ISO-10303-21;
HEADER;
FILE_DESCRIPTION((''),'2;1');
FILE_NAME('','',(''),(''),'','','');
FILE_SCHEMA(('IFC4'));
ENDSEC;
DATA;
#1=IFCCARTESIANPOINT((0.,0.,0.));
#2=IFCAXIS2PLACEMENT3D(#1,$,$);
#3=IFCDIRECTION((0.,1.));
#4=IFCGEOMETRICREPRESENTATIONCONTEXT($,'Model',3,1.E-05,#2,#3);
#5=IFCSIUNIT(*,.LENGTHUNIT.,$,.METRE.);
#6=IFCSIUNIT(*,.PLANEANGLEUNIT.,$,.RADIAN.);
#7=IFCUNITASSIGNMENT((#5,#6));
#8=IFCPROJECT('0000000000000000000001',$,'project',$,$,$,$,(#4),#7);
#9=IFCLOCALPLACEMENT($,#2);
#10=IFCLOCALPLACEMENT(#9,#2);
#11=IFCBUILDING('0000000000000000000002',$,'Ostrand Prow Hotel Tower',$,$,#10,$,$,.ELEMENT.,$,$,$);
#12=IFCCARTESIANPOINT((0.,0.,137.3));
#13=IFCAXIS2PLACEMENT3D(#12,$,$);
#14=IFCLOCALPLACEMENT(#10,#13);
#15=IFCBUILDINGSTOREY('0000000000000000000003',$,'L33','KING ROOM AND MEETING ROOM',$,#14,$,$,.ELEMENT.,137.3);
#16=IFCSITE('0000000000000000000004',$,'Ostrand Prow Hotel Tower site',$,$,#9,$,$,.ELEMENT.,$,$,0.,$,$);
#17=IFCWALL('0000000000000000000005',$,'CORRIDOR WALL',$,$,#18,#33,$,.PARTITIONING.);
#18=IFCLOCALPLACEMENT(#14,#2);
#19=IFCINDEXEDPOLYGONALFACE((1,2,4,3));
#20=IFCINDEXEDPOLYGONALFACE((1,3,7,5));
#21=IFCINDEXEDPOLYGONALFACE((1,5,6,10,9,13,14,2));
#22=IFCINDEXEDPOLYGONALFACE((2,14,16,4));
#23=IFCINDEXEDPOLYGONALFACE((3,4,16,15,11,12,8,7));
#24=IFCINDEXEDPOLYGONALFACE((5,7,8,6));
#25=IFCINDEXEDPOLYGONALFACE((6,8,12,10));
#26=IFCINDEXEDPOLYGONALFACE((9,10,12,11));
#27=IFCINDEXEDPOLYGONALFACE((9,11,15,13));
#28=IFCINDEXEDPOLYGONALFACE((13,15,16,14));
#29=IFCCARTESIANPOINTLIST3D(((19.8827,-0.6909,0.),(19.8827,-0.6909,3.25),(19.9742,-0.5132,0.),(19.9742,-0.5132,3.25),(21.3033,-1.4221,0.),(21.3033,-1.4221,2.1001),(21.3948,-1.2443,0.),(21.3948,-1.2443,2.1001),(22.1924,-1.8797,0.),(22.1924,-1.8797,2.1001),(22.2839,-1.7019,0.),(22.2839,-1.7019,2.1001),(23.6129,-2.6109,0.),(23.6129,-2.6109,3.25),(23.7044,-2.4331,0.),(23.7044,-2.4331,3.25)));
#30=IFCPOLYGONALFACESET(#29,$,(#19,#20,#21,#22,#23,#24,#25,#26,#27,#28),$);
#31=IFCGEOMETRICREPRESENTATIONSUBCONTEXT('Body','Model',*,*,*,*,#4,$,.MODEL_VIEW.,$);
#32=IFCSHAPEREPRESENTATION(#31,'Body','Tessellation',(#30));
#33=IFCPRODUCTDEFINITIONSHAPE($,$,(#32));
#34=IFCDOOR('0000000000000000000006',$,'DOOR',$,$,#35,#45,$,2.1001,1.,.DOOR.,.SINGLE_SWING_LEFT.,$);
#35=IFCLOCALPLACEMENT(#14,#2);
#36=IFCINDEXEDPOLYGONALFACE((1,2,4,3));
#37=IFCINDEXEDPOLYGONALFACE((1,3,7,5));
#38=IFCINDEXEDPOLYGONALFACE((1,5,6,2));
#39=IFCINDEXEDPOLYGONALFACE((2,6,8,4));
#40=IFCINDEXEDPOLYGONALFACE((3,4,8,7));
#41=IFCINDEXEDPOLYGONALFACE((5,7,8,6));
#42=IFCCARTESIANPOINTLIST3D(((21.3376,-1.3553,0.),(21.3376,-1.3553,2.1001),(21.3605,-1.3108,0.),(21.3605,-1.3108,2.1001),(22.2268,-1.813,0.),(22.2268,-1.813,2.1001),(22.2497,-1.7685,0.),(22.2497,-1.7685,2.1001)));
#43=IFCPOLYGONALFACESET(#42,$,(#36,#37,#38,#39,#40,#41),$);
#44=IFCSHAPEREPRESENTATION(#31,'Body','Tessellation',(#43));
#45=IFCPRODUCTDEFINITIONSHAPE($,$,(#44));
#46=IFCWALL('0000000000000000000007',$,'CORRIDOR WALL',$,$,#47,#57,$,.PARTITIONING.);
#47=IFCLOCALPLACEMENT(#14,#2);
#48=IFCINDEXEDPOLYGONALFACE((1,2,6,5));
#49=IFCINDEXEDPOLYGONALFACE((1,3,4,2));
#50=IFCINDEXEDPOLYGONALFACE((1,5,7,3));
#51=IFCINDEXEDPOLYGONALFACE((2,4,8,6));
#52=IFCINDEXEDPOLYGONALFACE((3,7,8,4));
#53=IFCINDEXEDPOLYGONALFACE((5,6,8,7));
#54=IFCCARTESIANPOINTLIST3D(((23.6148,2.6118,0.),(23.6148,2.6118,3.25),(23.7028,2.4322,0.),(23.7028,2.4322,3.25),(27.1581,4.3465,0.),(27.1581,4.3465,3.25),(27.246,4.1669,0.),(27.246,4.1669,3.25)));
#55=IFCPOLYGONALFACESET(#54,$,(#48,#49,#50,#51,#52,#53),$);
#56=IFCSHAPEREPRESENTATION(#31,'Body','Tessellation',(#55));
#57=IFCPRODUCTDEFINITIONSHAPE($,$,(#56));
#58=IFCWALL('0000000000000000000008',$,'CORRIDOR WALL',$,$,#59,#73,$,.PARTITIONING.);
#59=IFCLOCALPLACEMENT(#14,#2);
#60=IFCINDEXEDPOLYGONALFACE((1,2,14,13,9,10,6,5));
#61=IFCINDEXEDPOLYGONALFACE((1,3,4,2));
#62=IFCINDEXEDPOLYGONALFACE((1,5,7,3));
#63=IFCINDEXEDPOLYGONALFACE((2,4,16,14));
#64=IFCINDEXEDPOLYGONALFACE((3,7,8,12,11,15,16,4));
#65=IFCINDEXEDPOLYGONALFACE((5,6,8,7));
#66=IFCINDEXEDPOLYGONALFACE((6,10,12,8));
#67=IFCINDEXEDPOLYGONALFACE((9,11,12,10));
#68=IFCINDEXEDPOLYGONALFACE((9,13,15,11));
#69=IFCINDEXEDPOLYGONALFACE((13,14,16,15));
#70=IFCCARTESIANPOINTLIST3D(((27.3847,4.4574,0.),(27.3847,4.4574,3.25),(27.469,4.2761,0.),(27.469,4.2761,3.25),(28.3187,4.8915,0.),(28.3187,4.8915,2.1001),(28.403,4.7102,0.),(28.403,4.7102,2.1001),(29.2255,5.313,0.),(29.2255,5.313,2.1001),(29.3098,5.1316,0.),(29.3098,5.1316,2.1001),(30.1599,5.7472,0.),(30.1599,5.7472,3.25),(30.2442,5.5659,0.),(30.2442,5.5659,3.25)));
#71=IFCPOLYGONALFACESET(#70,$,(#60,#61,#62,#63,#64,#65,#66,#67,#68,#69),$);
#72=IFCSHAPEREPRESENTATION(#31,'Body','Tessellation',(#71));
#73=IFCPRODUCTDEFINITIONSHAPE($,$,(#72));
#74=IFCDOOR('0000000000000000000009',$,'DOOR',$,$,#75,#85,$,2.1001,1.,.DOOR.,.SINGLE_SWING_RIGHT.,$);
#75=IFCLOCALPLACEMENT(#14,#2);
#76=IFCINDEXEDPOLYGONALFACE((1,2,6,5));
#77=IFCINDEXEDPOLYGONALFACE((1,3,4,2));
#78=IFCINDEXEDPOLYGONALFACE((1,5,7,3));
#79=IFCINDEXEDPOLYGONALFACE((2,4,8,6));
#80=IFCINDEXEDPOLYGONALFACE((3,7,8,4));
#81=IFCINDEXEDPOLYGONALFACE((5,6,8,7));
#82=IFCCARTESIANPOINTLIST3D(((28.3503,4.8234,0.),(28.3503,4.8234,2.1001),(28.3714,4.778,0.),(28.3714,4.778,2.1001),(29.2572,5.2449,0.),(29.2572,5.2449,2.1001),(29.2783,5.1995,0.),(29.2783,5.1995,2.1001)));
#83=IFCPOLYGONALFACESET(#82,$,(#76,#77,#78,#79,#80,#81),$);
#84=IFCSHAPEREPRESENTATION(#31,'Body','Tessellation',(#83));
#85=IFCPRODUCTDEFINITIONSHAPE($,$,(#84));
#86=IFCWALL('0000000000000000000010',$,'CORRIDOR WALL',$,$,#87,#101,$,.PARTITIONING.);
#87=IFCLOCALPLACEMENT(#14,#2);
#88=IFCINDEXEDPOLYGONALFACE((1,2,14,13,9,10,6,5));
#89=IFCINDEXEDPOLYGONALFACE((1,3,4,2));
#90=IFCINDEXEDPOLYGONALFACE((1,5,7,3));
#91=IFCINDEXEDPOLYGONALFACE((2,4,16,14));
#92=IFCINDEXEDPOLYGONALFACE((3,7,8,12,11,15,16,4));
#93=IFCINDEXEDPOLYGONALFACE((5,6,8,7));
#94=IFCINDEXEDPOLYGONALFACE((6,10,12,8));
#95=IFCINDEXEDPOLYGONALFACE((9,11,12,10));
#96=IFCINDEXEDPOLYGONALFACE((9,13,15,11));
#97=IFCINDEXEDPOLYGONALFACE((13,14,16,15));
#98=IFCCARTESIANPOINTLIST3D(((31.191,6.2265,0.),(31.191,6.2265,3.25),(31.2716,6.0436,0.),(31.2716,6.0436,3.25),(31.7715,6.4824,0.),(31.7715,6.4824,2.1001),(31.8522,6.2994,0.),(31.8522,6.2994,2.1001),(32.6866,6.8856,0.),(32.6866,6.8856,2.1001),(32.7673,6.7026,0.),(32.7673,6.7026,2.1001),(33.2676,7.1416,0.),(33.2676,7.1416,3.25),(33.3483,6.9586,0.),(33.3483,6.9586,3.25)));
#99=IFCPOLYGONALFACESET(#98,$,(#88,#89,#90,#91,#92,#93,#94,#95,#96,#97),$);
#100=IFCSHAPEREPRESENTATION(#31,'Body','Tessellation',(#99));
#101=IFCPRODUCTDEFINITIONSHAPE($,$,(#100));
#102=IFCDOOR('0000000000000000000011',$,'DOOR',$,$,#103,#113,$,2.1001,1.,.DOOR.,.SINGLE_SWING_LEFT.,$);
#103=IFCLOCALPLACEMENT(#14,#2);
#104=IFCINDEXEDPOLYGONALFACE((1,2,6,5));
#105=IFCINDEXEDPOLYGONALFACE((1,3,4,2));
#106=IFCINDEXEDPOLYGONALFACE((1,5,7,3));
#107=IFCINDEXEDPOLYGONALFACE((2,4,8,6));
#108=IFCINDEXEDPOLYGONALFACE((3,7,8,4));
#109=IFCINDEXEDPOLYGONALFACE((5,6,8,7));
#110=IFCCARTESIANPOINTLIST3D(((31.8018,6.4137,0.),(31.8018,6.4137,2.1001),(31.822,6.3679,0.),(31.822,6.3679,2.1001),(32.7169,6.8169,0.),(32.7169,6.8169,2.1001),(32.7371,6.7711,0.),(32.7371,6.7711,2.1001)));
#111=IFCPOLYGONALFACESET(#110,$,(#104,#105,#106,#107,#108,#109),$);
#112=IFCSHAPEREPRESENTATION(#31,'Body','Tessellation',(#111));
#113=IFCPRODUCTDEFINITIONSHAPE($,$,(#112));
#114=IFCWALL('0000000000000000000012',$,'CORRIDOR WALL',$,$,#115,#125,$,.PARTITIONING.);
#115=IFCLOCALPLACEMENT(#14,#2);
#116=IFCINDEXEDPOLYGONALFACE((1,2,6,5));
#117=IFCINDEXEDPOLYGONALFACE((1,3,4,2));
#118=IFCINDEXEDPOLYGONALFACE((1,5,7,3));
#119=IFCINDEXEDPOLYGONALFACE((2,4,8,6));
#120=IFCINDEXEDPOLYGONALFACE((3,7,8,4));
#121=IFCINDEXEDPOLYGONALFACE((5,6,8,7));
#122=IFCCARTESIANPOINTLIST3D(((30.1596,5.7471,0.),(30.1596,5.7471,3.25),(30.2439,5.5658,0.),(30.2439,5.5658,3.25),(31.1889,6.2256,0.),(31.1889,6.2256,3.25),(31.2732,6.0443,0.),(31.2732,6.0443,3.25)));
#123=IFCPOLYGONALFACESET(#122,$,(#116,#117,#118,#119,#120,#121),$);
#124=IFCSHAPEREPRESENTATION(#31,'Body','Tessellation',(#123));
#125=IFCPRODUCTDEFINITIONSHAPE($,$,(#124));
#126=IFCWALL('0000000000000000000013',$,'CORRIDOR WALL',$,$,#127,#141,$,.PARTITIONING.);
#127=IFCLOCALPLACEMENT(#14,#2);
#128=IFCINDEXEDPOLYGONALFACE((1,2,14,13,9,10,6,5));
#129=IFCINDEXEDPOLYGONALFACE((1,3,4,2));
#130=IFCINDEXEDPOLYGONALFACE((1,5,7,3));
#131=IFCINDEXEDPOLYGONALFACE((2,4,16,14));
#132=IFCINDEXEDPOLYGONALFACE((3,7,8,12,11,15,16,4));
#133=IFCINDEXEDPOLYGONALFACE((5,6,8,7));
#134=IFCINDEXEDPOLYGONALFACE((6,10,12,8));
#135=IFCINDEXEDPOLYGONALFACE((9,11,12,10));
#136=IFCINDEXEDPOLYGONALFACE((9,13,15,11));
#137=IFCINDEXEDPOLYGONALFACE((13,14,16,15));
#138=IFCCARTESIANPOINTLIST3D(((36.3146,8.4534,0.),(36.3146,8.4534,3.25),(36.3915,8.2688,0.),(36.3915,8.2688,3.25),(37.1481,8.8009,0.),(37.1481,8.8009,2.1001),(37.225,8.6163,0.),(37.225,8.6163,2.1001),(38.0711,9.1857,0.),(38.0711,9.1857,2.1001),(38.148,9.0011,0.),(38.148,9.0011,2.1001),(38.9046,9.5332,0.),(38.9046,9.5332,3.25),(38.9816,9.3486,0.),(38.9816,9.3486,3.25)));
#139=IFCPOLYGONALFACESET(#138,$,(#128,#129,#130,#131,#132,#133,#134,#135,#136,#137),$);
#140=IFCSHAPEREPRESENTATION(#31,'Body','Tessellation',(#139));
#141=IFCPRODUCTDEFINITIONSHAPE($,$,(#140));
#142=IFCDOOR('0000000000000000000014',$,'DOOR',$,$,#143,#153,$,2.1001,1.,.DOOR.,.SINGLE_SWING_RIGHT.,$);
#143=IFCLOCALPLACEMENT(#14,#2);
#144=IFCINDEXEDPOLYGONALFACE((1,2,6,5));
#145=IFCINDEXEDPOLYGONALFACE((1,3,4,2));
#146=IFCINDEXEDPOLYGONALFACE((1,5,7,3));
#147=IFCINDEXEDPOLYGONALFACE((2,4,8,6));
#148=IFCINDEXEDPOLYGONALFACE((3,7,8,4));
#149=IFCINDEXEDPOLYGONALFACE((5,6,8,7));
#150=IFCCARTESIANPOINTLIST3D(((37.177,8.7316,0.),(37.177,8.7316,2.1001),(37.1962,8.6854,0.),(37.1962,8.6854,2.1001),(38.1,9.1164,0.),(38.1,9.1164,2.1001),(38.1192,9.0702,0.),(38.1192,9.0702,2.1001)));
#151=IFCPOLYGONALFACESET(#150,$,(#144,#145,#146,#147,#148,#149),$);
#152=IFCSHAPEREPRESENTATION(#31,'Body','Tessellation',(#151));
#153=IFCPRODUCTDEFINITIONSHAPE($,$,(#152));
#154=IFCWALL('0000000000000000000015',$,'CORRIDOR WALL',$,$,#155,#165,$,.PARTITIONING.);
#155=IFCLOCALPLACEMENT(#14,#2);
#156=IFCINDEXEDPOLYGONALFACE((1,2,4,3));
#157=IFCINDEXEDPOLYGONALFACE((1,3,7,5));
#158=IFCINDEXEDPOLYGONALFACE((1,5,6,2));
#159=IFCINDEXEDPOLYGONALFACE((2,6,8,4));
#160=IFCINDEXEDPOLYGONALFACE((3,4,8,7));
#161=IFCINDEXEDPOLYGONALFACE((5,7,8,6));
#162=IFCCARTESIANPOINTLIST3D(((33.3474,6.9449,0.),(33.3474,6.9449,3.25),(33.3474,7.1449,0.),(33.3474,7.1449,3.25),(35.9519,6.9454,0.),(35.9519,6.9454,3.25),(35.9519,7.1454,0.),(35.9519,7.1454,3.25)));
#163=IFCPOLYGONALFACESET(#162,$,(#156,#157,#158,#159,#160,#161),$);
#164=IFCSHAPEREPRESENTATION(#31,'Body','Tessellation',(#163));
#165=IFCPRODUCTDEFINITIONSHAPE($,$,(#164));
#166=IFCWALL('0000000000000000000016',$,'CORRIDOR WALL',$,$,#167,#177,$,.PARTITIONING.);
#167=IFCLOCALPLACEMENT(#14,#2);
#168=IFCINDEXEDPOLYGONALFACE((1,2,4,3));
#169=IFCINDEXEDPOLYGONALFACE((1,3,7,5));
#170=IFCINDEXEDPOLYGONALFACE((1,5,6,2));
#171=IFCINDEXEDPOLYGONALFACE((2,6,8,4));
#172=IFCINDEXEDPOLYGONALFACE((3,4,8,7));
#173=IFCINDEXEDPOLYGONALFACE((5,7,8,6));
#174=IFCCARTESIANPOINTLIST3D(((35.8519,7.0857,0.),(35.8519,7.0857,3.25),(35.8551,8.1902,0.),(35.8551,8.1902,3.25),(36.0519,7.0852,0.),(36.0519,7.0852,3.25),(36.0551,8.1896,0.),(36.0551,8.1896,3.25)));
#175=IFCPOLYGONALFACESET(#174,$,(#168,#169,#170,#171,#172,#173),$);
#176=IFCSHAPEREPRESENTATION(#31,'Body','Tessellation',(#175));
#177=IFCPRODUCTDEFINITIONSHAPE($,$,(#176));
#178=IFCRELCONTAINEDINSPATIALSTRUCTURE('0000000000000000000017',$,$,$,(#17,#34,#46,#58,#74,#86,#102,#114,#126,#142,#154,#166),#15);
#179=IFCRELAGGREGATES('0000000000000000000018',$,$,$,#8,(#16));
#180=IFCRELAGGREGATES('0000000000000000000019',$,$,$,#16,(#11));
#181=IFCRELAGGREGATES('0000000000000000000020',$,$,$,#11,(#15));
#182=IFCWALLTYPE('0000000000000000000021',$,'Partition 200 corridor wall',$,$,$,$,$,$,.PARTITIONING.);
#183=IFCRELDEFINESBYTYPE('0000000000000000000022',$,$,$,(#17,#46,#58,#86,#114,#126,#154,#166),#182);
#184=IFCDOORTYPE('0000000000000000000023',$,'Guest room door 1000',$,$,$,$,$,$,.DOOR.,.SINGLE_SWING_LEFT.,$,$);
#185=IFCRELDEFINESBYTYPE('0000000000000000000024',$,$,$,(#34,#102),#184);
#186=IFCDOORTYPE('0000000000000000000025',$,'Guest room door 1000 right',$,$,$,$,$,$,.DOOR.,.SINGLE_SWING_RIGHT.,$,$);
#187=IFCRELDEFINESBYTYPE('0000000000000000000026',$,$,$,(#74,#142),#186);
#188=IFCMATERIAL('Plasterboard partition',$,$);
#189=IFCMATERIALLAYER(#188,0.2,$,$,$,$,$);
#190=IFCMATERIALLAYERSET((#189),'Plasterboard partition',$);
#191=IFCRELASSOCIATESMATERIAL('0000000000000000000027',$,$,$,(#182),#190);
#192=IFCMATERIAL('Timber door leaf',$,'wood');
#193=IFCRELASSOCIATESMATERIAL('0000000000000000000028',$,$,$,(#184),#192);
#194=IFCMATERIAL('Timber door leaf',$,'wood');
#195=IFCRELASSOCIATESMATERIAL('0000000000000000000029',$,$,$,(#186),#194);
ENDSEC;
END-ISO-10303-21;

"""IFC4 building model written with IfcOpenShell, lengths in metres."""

from ifc_helpers import new_model, si_unit, direction, frame, frame_2d, origin, place, context, subcontext, project, spatial, rectangle, extrude, material, layer, layer_set, type_object, element, fill, save


model = new_model("IFC4")

# Units and contexts
model_context = context("Model", 3, precision=1e-05, world=origin(), true_north=direction((0.0, 1.0)))
body_context = subcontext(model_context, "Body", "Model", "MODEL_VIEW")
ifc_project = project(units=[si_unit("LENGTHUNIT", "METRE"), si_unit("PLANEANGLEUNIT", "RADIAN")], contexts=[model_context])

# Site, building, storey
site_placement = place(None, origin())
site = spatial("IfcSite", under=ifc_project, at=site_placement, Name="Ostrand Prow Hotel Tower site", CompositionType="ELEMENT", RefElevation=0.0)
building_placement = place(site_placement, origin())
building = spatial("IfcBuilding", under=site, at=building_placement, Name="Ostrand Prow Hotel Tower", CompositionType="ELEMENT")
storey_placement = place(building_placement, frame((0.0, 0.0, 137.3)))
storey = spatial("IfcBuildingStorey", under=building, at=storey_placement, Name="L33", Description="KING ROOM AND MEETING ROOM", CompositionType="ELEMENT", Elevation=137.3)

# Wall, opening, door
ifc_material_1 = material(Name="Plasterboard partition")
ifc_layer_1 = layer(ifc_material_1, 0.2)
ifc_layer_set_1 = layer_set([ifc_layer_1], Name="Plasterboard partition")
wall_type_1 = type_object("IfcWallType", Name="Partition 200 corridor wall", PredefinedType="PARTITIONING", material=ifc_layer_set_1)
ifc_material_2 = material(Name="Timber door leaf", Category="wood")
door_type_1 = type_object("IfcDoorType", Name="Guest room door 1000", OperationType="SINGLE_SWING_LEFT", PredefinedType="DOOR", material=ifc_material_2)
wall_1_placement = place(storey_placement, frame((23.6587, -2.522, 0.0), z_axis=(0.0, 0.0, 1.0), x_axis=(-0.88914, 0.457635, 0.0)))
wall_1 = element("IfcWall", 1, at=wall_1_placement, inside=storey, type_object=wall_type_1, Name="CORRIDOR WALL", PredefinedType="PARTITIONING", context=body_context, shape_type="SweptSolid", body=[
    extrude(rectangle(XDim=4.1953, YDim=0.2, at=frame_2d((2.0977, 0.0))), origin(), (0.0, 0.0, 1.0), 3.25),
])
opening_1_placement = place(wall_1_placement, frame((1.5977, 0.0, 0.0)))
opening_1 = element("IfcOpeningElement", 2, at=opening_1_placement, cuts=wall_1, PredefinedType="OPENING", context=body_context, shape_type="SweptSolid", body=[
    extrude(rectangle(XDim=1.0, YDim=2.1001, at=frame_2d((0.5, 1.05))), frame((0.0, 0.1099, 0.0), z_axis=(0.0, -1.0, 0.0), x_axis=(1.0, 0.0, 0.0)), (0.0, 0.0, 1.0), 0.22),
])
door_1_placement = place(opening_1_placement, origin())
door_1 = element("IfcDoor", 3, at=door_1_placement, inside=storey, type_object=door_type_1, Name="DOOR", OperationType="SINGLE_SWING_LEFT", OverallHeight=2.1001, OverallWidth=1.0, PredefinedType="DOOR", context=body_context, shape_type="SweptSolid", body=[
    extrude(rectangle(XDim=1.0, YDim=2.1001, at=frame_2d((0.5, 1.05))), frame((0.0, 0.0249, 0.0), z_axis=(0.0, -1.0, 0.0), x_axis=(1.0, 0.0, 0.0)), (0.0, 0.0, 1.0), 0.05),
])
fill(opening_1, door_1)

# Wall
wall_2_placement = place(storey_placement, frame((23.6587, 2.522, 0.0), z_axis=(0.0, 0.0, 1.0), x_axis=(0.898146, 0.439697, 0.0)))
element("IfcWall", 4, at=wall_2_placement, inside=storey, type_object=wall_type_1, Name="CORRIDOR WALL", PredefinedType="PARTITIONING", context=body_context, shape_type="SweptSolid", body=[
    extrude(rectangle(XDim=3.9451, YDim=0.2, at=frame_2d((1.9727, 0.0))), origin(), (0.0, 0.0, 1.0), 3.25),
])

# Walls, openings, doors
wall_3_placement = place(storey_placement, frame((27.4268, 4.3667, 0.0), z_axis=(0.0, 0.0, 1.0), x_axis=(0.906842, 0.42147, 0.0)))
wall_3 = element("IfcWall", 5, at=wall_3_placement, inside=storey, type_object=wall_type_1, Name="CORRIDOR WALL", PredefinedType="PARTITIONING", context=body_context, shape_type="SweptSolid", body=[
    extrude(rectangle(XDim=3.0603, YDim=0.2, at=frame_2d((1.5303, 0.0))), origin(), (0.0, 0.0, 1.0), 3.25),
])
opening_2_placement = place(wall_3_placement, frame((1.03, 0.0, 0.0)))
opening_2 = element("IfcOpeningElement", 6, at=opening_2_placement, cuts=wall_3, PredefinedType="OPENING", context=body_context, shape_type="SweptSolid", body=[
    extrude(rectangle(XDim=1.0, YDim=2.1001, at=frame_2d((0.5, 1.05))), frame((0.0, 0.1099, 0.0), z_axis=(0.0, -1.0, 0.0), x_axis=(1.0, 0.0, 0.0)), (0.0, 0.0, 1.0), 0.22),
])
ifc_material_3 = material(Name="Timber door leaf", Category="wood")
door_type_2 = type_object("IfcDoorType", Name="Guest room door 1000 right", OperationType="SINGLE_SWING_RIGHT", PredefinedType="DOOR", material=ifc_material_3)
door_2_placement = place(opening_2_placement, origin())
door_2 = element("IfcDoor", 7, at=door_2_placement, inside=storey, type_object=door_type_2, Name="DOOR", OperationType="SINGLE_SWING_RIGHT", OverallHeight=2.1001, OverallWidth=1.0, PredefinedType="DOOR", context=body_context, shape_type="SweptSolid", body=[
    extrude(rectangle(XDim=1.0, YDim=2.1001, at=frame_2d((0.5, 1.05))), frame((0.0, 0.0249, 0.0), z_axis=(0.0, -1.0, 0.0), x_axis=(1.0, 0.0, 0.0)), (0.0, 0.0, 1.0), 0.05),
])
fill(opening_2, door_2)
wall_4_placement = place(storey_placement, frame((31.2312, 6.135, 0.0), z_axis=(0.0, 0.0, 1.0), x_axis=(0.915102, 0.403222, 0.0)))
wall_4 = element("IfcWall", 8, at=wall_4_placement, inside=storey, type_object=wall_type_1, Name="CORRIDOR WALL", PredefinedType="PARTITIONING", context=body_context, shape_type="SweptSolid", body=[
    extrude(rectangle(XDim=2.2693, YDim=0.2, at=frame_2d((1.1348, 0.0))), origin(), (0.0, 0.0, 1.0), 3.25),
])
opening_3_placement = place(wall_4_placement, frame((0.6345, 0.0, 0.0)))
opening_3 = element("IfcOpeningElement", 9, at=opening_3_placement, cuts=wall_4, PredefinedType="OPENING", context=body_context, shape_type="SweptSolid", body=[
    extrude(rectangle(XDim=1.0, YDim=2.1001, at=frame_2d((0.5, 1.05))), frame((0.0, 0.1099, 0.0), z_axis=(0.0, -1.0, 0.0), x_axis=(1.0, 0.0, 0.0)), (0.0, 0.0, 1.0), 0.22),
])
door_3_placement = place(opening_3_placement, origin())
door_3 = element("IfcDoor", 10, at=door_3_placement, inside=storey, type_object=door_type_1, Name="DOOR", OperationType="SINGLE_SWING_LEFT", OverallHeight=2.1001, OverallWidth=1.0, PredefinedType="DOOR", context=body_context, shape_type="SweptSolid", body=[
    extrude(rectangle(XDim=1.0, YDim=2.1001, at=frame_2d((0.5, 1.05))), frame((0.0, 0.0249, 0.0), z_axis=(0.0, -1.0, 0.0), x_axis=(1.0, 0.0, 0.0)), (0.0, 0.0, 1.0), 0.05),
])
fill(opening_3, door_3)

# Wall
wall_5_placement = place(storey_placement, frame((30.2019, 5.6565, 0.0), z_axis=(0.0, 0.0, 1.0), x_axis=(0.906798, 0.421566, 0.0)))
element("IfcWall", 11, at=wall_5_placement, inside=storey, type_object=wall_type_1, Name="CORRIDOR WALL", PredefinedType="PARTITIONING", context=body_context, shape_type="SweptSolid", body=[
    extrude(rectangle(XDim=1.135, YDim=0.2, at=frame_2d((0.5674, 0.0))), origin(), (0.0, 0.0, 1.0), 3.25),
])

# Wall, opening, door
wall_6_placement = place(storey_placement, frame((36.353, 8.3611, 0.0), z_axis=(0.0, 0.0, 1.0), x_axis=(0.922997, 0.384807, 0.0)))
wall_6 = element("IfcWall", 12, at=wall_6_placement, inside=storey, type_object=wall_type_1, Name="CORRIDOR WALL", PredefinedType="PARTITIONING", context=body_context, shape_type="SweptSolid", body=[
    extrude(rectangle(XDim=2.8062, YDim=0.2, at=frame_2d((1.4031, 0.0))), origin(), (0.0, 0.0, 1.0), 3.25),
])
opening_4_placement = place(wall_6_placement, frame((0.9031, 0.0, 0.0)))
opening_4 = element("IfcOpeningElement", 13, at=opening_4_placement, cuts=wall_6, PredefinedType="OPENING", context=body_context, shape_type="SweptSolid", body=[
    extrude(rectangle(XDim=1.0, YDim=2.1001, at=frame_2d((0.5, 1.05))), frame((0.0, 0.1099, 0.0), z_axis=(0.0, -1.0, 0.0), x_axis=(1.0, 0.0, 0.0)), (0.0, 0.0, 1.0), 0.22),
])
door_4_placement = place(opening_4_placement, origin())
door_4 = element("IfcDoor", 14, at=door_4_placement, inside=storey, type_object=door_type_2, Name="DOOR", OperationType="SINGLE_SWING_RIGHT", OverallHeight=2.1001, OverallWidth=1.0, PredefinedType="DOOR", context=body_context, shape_type="SweptSolid", body=[
    extrude(rectangle(XDim=1.0, YDim=2.1001, at=frame_2d((0.5, 1.05))), frame((0.0, 0.0249, 0.0), z_axis=(0.0, -1.0, 0.0), x_axis=(1.0, 0.0, 0.0)), (0.0, 0.0, 1.0), 0.05),
])
fill(opening_4, door_4)

# Walls
wall_7_placement = place(storey_placement, frame((33.3474, 7.0449, 0.0), z_axis=(0.0, 0.0, 1.0), x_axis=(1.0, 0.000187, 0.0)))
element("IfcWall", 15, at=wall_7_placement, inside=storey, type_object=wall_type_1, Name="CORRIDOR WALL", PredefinedType="PARTITIONING", context=body_context, shape_type="SweptSolid", body=[
    extrude(rectangle(XDim=2.6045, YDim=0.2, at=frame_2d((1.3022, 0.0))), origin(), (0.0, 0.0, 1.0), 3.25),
])
wall_8_placement = place(storey_placement, frame((35.9519, 7.0854, 0.0), z_axis=(0.0, 0.0, 1.0), x_axis=(0.002874, 0.999996, 0.0)))
element("IfcWall", 16, at=wall_8_placement, inside=storey, type_object=wall_type_1, Name="CORRIDOR WALL", PredefinedType="PARTITIONING", context=body_context, shape_type="SweptSolid", body=[
    extrude(rectangle(XDim=1.1045, YDim=0.2, at=frame_2d((0.5522, 0.0))), origin(), (0.0, 0.0, 1.0), 3.25),
])

save(model, "model.ifc")
